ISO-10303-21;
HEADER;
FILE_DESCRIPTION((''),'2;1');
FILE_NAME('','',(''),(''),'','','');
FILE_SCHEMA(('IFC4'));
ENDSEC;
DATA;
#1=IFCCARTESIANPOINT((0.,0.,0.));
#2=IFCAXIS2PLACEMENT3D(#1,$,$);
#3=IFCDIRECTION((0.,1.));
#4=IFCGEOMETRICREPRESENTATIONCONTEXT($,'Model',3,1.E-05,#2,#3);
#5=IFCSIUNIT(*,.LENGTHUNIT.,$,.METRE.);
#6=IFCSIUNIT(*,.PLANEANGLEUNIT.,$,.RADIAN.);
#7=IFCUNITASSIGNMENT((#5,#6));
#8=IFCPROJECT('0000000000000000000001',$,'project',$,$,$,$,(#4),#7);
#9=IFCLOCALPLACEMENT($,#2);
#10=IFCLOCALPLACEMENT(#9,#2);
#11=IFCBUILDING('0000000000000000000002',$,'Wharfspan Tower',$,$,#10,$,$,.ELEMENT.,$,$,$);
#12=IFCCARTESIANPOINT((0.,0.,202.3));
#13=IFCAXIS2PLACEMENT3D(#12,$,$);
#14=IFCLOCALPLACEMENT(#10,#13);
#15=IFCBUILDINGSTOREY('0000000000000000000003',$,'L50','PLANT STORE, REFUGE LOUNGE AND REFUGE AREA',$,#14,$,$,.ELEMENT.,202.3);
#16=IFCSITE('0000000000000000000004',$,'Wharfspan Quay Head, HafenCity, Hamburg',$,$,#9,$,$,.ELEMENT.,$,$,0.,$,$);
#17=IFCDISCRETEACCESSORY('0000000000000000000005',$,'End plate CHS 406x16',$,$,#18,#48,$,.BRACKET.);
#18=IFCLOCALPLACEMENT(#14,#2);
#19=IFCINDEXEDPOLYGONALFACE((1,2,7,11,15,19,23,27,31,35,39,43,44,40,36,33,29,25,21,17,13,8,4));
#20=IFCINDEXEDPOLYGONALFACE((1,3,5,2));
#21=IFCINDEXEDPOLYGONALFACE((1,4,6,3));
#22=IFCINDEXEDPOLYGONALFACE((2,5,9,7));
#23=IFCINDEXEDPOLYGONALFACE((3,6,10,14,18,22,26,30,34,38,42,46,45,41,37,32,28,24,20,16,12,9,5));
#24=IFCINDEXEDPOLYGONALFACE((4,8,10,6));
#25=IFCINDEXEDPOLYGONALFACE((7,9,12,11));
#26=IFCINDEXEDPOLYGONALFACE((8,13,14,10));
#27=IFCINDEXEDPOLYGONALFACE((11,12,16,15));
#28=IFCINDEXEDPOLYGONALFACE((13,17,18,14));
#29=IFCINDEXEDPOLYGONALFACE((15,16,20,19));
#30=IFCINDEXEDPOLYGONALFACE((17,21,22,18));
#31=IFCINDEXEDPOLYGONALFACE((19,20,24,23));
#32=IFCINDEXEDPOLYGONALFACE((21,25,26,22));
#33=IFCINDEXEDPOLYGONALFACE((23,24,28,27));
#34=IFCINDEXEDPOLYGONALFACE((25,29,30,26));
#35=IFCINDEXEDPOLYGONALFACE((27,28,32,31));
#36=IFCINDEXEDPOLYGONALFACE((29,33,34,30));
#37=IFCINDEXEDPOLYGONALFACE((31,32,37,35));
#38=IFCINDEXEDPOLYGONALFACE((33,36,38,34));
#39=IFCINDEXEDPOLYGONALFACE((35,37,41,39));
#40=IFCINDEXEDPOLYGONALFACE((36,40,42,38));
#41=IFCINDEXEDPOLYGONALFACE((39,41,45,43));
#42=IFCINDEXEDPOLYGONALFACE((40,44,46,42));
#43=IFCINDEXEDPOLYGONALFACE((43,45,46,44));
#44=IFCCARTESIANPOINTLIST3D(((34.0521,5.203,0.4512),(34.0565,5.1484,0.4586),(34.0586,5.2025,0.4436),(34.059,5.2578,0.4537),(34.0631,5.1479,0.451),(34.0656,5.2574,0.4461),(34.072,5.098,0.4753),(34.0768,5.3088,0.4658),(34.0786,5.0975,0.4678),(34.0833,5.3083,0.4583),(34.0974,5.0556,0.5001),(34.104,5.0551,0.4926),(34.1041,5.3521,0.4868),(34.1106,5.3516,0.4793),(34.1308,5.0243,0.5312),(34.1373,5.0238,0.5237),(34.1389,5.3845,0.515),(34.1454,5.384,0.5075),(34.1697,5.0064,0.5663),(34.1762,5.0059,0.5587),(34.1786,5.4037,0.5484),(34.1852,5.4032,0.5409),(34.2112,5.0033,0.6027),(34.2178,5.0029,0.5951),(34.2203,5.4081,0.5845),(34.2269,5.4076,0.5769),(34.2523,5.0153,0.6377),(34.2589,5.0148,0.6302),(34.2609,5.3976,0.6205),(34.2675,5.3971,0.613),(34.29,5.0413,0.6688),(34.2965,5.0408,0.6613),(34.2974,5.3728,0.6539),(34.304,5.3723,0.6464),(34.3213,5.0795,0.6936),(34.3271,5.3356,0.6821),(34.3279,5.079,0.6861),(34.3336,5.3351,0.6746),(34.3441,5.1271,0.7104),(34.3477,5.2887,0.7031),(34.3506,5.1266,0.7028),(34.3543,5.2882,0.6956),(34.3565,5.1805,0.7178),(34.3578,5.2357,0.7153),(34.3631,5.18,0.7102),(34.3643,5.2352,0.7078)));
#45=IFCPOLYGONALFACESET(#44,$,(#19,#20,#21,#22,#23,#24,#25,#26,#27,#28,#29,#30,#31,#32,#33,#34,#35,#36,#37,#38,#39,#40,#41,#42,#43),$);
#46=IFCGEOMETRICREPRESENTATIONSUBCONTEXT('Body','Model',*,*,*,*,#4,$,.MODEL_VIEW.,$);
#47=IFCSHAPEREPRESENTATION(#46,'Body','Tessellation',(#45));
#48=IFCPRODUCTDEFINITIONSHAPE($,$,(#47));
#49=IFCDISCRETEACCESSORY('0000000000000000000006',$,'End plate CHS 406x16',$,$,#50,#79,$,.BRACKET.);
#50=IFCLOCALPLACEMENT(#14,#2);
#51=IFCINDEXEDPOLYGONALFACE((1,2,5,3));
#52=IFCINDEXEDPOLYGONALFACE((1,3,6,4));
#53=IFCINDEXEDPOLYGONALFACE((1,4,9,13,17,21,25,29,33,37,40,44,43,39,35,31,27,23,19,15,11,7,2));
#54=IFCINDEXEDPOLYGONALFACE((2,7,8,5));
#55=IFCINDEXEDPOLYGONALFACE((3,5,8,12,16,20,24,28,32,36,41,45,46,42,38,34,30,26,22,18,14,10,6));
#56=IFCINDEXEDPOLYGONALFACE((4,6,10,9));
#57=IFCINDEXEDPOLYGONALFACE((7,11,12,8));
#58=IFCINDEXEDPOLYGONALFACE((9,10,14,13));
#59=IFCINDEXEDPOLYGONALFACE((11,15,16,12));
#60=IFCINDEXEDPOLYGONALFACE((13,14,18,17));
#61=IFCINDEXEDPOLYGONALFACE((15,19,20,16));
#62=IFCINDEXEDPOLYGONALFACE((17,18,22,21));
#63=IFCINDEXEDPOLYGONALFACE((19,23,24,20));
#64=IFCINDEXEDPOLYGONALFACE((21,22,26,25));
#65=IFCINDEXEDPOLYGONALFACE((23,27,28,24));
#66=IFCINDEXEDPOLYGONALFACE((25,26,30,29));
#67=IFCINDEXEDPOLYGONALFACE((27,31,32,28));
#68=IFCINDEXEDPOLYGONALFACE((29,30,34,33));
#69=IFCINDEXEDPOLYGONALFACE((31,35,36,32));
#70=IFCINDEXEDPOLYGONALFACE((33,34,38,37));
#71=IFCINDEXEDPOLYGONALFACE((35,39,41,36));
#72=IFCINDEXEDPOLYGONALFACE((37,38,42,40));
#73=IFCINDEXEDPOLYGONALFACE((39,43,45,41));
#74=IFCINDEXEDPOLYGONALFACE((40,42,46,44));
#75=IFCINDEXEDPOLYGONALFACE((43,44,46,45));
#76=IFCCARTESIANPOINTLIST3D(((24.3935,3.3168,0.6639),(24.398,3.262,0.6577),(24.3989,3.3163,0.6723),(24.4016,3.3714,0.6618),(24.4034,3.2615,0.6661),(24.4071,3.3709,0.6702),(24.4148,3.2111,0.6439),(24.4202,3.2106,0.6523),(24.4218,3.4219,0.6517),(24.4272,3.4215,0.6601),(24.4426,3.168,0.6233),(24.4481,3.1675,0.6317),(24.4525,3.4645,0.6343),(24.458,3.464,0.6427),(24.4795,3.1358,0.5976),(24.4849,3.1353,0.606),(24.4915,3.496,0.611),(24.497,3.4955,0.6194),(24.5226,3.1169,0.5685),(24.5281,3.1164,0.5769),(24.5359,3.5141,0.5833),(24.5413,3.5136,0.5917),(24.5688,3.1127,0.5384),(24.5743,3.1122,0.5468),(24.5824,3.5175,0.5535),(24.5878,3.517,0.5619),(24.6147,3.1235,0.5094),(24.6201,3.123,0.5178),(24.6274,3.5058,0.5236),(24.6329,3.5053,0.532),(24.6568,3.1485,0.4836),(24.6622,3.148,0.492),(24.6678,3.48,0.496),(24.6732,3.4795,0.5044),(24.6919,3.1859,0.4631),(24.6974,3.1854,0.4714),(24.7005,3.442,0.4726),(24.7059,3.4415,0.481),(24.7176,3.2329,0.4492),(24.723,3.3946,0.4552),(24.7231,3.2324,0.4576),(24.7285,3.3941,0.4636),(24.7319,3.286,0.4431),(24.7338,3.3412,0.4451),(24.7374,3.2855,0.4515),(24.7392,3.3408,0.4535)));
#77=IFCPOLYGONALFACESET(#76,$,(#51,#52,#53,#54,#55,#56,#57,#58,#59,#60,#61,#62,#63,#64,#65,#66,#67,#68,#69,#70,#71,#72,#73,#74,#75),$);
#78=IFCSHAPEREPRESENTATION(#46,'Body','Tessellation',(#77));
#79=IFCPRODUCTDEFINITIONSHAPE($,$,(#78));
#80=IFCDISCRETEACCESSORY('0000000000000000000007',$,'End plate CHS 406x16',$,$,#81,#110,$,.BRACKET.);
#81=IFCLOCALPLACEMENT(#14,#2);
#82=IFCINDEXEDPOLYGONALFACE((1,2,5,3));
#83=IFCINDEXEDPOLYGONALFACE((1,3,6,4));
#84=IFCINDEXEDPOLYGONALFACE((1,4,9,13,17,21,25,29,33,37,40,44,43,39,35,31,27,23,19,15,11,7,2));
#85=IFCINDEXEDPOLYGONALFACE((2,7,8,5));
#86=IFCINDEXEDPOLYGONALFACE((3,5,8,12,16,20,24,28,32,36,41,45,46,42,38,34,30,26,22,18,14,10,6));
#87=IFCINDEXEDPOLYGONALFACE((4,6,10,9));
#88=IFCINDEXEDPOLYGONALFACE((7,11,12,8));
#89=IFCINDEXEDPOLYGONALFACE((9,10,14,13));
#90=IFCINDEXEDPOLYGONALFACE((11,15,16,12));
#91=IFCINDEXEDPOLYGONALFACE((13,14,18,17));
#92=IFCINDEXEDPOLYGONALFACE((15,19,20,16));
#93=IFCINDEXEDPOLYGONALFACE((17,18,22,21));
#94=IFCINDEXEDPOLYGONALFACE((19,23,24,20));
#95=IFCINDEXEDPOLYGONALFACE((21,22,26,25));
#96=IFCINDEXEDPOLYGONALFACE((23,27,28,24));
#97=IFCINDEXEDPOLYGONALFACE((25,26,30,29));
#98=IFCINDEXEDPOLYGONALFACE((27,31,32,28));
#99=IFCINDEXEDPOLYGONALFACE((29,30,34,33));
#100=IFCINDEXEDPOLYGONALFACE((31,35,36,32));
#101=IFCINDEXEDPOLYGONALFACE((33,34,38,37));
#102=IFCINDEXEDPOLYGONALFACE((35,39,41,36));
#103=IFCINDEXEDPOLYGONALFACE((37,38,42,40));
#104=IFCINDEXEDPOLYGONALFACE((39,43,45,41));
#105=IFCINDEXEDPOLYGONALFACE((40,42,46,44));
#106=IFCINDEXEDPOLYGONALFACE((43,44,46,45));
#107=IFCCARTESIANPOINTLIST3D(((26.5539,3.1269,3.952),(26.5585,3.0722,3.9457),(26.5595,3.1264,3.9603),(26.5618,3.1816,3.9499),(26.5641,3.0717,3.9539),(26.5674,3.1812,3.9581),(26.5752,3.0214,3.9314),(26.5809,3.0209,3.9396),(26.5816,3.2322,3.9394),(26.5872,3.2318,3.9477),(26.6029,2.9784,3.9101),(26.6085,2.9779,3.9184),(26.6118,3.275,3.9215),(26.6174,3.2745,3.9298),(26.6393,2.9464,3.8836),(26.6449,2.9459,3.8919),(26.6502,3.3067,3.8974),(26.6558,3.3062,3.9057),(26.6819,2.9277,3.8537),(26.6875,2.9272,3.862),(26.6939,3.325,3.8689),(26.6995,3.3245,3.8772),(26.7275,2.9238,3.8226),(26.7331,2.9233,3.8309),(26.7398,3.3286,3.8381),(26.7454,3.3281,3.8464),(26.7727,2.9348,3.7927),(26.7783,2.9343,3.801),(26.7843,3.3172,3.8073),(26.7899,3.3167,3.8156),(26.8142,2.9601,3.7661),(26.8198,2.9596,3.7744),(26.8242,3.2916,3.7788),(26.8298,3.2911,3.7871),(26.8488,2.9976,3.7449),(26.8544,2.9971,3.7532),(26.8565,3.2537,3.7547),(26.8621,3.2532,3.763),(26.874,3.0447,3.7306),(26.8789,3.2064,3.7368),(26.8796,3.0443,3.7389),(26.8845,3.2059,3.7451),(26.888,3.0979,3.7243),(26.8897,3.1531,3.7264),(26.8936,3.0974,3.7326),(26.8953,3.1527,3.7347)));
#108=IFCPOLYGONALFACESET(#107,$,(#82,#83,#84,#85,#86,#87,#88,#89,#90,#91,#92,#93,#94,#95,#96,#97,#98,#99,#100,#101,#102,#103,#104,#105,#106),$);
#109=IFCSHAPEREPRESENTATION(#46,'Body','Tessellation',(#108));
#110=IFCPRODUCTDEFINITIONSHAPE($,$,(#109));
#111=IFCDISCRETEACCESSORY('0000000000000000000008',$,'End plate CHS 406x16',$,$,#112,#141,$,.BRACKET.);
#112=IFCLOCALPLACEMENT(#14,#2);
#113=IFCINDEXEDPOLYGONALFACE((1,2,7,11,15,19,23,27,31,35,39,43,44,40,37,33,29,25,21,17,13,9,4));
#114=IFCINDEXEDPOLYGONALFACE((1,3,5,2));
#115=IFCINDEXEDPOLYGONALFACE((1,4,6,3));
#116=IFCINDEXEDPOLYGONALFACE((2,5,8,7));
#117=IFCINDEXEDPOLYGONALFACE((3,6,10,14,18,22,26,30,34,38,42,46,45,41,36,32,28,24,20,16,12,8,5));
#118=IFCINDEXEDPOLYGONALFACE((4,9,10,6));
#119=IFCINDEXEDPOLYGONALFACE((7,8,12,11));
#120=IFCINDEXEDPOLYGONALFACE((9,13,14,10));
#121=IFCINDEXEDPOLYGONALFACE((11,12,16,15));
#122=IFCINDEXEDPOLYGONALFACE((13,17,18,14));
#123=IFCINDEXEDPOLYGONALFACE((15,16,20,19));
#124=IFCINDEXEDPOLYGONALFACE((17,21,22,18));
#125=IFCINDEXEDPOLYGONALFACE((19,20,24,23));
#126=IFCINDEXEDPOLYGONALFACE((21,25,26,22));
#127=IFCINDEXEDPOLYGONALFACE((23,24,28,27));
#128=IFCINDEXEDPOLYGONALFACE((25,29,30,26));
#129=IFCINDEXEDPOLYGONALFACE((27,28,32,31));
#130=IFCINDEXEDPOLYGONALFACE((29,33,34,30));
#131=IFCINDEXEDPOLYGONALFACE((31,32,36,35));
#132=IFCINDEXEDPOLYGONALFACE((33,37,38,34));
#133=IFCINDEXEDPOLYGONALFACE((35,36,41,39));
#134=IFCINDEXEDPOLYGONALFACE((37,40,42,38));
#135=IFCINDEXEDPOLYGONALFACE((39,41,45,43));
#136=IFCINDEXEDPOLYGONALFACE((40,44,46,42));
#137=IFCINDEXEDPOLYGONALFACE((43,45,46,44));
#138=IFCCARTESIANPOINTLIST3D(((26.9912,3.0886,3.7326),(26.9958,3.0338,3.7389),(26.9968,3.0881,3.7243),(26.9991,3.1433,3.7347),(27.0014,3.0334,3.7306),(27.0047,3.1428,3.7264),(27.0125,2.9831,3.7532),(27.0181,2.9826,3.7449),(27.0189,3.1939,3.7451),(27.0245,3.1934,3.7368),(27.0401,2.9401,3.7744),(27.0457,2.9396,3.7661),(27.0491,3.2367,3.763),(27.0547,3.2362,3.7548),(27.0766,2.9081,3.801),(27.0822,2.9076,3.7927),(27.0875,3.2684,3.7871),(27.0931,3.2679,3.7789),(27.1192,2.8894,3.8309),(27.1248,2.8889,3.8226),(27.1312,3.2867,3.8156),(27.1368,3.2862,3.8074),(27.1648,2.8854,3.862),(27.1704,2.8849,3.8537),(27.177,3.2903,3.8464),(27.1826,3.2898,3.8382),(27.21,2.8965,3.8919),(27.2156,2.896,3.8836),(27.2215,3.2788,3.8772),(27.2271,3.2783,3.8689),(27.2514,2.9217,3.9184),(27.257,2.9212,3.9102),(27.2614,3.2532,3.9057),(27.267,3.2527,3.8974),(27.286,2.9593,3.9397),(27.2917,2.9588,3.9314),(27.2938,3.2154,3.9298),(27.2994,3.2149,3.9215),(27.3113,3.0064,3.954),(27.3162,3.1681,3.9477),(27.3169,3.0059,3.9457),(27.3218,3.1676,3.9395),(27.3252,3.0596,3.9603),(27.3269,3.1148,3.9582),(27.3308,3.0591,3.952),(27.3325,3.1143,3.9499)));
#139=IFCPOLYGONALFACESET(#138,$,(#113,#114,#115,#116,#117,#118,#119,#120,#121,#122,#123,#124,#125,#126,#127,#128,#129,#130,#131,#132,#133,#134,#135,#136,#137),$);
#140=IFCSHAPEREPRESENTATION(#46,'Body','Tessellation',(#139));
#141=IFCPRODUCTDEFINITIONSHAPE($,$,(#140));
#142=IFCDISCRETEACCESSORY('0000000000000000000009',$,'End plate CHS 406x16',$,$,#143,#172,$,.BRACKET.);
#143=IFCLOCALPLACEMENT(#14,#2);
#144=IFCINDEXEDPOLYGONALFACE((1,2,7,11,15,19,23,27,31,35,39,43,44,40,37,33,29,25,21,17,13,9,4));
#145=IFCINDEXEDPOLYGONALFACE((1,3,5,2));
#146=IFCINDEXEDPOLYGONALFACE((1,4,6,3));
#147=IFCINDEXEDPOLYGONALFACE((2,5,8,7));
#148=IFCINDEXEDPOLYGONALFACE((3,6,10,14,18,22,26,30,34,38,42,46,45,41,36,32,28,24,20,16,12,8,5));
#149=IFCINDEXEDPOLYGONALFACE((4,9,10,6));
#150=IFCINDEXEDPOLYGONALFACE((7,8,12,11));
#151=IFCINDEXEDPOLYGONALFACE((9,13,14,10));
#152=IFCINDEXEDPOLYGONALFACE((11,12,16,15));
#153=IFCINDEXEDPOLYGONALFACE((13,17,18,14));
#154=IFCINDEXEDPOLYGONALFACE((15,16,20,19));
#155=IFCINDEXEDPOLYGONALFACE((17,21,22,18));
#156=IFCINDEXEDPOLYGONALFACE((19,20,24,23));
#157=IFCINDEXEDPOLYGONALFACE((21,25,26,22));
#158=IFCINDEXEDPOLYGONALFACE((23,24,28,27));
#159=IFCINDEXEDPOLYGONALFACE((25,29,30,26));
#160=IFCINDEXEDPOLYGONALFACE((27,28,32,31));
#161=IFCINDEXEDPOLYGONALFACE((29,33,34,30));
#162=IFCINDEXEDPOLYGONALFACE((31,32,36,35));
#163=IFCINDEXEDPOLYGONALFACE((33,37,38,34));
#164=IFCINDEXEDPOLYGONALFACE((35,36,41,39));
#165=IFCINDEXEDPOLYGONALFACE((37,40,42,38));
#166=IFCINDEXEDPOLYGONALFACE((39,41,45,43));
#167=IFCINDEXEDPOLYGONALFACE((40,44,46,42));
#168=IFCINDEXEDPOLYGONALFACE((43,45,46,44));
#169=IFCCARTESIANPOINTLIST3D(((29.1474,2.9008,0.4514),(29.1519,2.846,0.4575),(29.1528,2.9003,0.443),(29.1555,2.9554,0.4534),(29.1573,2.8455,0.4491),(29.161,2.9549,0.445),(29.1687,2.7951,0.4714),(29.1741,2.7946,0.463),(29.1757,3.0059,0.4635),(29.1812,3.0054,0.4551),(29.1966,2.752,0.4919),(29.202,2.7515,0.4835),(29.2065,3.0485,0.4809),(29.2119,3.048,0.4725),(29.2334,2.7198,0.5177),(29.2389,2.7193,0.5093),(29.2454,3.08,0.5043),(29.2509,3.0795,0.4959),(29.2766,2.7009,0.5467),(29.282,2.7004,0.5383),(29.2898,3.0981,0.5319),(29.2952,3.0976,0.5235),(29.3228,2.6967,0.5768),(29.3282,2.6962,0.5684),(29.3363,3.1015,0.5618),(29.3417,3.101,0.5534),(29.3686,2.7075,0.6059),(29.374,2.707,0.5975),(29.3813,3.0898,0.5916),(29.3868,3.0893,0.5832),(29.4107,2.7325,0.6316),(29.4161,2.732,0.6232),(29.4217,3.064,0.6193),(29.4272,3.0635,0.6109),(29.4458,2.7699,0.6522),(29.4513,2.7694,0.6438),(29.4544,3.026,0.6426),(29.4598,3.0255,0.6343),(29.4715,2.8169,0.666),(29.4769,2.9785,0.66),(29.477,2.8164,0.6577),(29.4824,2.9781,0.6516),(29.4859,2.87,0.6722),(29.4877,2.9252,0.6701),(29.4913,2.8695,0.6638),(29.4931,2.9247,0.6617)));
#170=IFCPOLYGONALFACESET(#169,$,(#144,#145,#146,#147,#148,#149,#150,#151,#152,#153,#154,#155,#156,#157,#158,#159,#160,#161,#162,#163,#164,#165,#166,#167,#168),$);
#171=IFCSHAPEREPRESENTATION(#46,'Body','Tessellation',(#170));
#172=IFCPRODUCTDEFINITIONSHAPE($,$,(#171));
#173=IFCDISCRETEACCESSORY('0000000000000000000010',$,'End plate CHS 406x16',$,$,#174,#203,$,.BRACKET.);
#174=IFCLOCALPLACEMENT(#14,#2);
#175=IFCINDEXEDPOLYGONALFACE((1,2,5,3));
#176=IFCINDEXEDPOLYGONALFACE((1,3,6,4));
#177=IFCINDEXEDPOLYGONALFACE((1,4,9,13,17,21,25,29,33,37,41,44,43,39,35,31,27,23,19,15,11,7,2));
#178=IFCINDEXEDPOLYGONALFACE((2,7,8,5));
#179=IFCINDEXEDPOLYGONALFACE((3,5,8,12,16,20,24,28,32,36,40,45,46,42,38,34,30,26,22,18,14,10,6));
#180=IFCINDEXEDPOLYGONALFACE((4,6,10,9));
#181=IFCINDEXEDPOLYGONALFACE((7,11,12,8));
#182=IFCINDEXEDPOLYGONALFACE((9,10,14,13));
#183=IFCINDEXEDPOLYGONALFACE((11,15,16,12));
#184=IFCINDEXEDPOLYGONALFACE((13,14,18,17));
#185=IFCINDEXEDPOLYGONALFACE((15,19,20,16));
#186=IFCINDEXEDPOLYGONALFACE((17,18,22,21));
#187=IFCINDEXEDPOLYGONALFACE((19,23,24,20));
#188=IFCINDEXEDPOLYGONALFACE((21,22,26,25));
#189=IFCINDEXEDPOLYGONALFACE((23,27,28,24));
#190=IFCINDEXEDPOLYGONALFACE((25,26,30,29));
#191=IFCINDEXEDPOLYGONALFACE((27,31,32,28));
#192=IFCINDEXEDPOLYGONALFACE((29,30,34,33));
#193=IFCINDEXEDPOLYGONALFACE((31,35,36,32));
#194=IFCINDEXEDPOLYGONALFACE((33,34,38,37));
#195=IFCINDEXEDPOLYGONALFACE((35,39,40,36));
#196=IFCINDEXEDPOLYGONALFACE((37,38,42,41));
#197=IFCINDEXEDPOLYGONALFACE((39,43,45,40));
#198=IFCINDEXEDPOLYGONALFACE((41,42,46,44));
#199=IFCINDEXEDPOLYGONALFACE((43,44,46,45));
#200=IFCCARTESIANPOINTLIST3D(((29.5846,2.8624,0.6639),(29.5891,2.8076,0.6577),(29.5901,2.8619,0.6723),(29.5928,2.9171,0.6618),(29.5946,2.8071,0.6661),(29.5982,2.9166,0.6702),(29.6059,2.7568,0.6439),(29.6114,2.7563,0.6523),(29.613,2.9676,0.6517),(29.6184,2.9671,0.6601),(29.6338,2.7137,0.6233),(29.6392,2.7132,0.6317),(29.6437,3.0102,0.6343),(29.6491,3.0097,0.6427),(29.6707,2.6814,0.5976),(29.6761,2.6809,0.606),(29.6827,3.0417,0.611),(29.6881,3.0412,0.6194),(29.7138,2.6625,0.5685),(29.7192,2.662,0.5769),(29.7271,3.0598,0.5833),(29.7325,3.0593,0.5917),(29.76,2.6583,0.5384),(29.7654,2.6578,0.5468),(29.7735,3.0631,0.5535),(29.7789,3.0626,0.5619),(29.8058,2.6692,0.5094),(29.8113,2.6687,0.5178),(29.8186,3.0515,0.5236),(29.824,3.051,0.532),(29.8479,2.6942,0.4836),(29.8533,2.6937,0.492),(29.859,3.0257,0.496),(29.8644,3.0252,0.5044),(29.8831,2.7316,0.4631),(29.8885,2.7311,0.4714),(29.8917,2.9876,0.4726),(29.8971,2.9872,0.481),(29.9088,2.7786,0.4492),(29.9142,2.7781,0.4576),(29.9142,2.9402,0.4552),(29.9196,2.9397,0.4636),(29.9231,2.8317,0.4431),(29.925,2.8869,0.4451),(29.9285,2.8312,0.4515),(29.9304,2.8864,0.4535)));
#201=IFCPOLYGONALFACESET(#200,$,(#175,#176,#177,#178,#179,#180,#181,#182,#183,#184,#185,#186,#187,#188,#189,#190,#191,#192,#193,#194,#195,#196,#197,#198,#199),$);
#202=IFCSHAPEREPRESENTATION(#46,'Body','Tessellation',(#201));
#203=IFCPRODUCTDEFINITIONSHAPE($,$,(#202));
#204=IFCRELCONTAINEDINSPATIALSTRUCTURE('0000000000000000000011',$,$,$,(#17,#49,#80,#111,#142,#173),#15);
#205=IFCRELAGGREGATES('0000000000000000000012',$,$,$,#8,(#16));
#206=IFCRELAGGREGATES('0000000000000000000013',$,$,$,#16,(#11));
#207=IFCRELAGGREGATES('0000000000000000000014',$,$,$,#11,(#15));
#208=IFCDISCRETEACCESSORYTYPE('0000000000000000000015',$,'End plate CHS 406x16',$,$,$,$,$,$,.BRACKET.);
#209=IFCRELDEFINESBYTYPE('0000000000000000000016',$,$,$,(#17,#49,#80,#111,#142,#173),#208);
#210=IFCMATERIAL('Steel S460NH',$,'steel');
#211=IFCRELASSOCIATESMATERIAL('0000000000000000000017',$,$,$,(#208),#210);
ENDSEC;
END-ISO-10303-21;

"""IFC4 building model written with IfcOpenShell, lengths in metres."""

from ifc_helpers import new_model, si_unit, direction, frame, origin, origin_2d, place, context, subcontext, project, spatial, circle, extrude, material, material_profile, profile_set, type_object, element, save


model = new_model("IFC4")

# Units and contexts
model_context = context("Model", 3, precision=1e-05, world=origin(), true_north=direction((0.0, 1.0)))
body_context = subcontext(model_context, "Body", "Model", "MODEL_VIEW")
ifc_project = project(units=[si_unit("LENGTHUNIT", "METRE"), si_unit("PLANEANGLEUNIT", "RADIAN")], contexts=[model_context])

# Site, building, storey
site_placement = place(None, origin())
site = spatial("IfcSite", under=ifc_project, at=site_placement, Name="Wharfspan Quay Head, HafenCity, Hamburg", CompositionType="ELEMENT", RefElevation=0.0)
building_placement = place(site_placement, origin())
building = spatial("IfcBuilding", under=site, at=building_placement, Name="Wharfspan Tower", CompositionType="ELEMENT")
storey_placement = place(building_placement, frame((0.0, 0.0, 202.3)))
storey = spatial("IfcBuildingStorey", under=building, at=storey_placement, Name="L50", Description="PLANT STORE, REFUGE LOUNGE AND REFUGE AREA", CompositionType="ELEMENT", Elevation=202.3)

# Shared definitions
ifc_material_1 = material(Name="Steel S460NH", Category="steel")

# Discrete accessories
ifc_material_profile_1 = material_profile(ifc_material_1, circle(Radius=0.2031, at=origin_2d()))
ifc_profile_set_1 = profile_set([ifc_material_profile_1], Name="Steel S460NH")
discrete_accessory_type_1 = type_object("IfcDiscreteAccessoryType", Name="End plate CHS 406x16", PredefinedType="BRACKET", material=ifc_profile_set_1)
for number, where, z_axis, x_axis, name in (
    (1, (34.2053, 5.2056, 0.5845), (0.656005, -0.048593, -0.753191), (0.073872, 0.997271, 0.0), "End plate CHS 406x16"),
    (2, (24.564, 3.3152, 0.5535), (0.54259, -0.049326, 0.838548), (0.090535, 0.995892, 0.0), "End plate CHS 406x16"),
    (3, (26.7222, 3.1262, 3.8381), (0.559645, -0.048665, 0.827302), (0.086627, 0.99624, 0.000002), "End plate CHS 406x16"),
    (4, (27.1594, 3.0879, 3.8464), (0.559645, -0.048665, -0.827302), (0.086627, 0.99624, -0.000002), "End plate CHS 406x16"),
    (5, (29.3179, 2.8992, 0.5618), (0.54259, -0.049326, -0.838548), (0.090535, 0.995892, 0.0), "End plate CHS 406x16"),
    (6, (29.7551, 2.8608, 0.5535), (0.54259, -0.049326, 0.838548), (0.090535, 0.995892, 0.0), "End plate CHS 406x16"),
):
    element("IfcDiscreteAccessory", number, at=place(storey_placement, frame(where, z_axis=z_axis, x_axis=x_axis)), inside=storey, type_object=discrete_accessory_type_1, Name=name, PredefinedType="BRACKET", context=body_context, shape_type="SweptSolid", body=[
        extrude(circle(Radius=0.2031, at=origin_2d()), origin(), (0.0, 0.0, 1.0), 0.01),
    ])

save(model, "model.ifc")
